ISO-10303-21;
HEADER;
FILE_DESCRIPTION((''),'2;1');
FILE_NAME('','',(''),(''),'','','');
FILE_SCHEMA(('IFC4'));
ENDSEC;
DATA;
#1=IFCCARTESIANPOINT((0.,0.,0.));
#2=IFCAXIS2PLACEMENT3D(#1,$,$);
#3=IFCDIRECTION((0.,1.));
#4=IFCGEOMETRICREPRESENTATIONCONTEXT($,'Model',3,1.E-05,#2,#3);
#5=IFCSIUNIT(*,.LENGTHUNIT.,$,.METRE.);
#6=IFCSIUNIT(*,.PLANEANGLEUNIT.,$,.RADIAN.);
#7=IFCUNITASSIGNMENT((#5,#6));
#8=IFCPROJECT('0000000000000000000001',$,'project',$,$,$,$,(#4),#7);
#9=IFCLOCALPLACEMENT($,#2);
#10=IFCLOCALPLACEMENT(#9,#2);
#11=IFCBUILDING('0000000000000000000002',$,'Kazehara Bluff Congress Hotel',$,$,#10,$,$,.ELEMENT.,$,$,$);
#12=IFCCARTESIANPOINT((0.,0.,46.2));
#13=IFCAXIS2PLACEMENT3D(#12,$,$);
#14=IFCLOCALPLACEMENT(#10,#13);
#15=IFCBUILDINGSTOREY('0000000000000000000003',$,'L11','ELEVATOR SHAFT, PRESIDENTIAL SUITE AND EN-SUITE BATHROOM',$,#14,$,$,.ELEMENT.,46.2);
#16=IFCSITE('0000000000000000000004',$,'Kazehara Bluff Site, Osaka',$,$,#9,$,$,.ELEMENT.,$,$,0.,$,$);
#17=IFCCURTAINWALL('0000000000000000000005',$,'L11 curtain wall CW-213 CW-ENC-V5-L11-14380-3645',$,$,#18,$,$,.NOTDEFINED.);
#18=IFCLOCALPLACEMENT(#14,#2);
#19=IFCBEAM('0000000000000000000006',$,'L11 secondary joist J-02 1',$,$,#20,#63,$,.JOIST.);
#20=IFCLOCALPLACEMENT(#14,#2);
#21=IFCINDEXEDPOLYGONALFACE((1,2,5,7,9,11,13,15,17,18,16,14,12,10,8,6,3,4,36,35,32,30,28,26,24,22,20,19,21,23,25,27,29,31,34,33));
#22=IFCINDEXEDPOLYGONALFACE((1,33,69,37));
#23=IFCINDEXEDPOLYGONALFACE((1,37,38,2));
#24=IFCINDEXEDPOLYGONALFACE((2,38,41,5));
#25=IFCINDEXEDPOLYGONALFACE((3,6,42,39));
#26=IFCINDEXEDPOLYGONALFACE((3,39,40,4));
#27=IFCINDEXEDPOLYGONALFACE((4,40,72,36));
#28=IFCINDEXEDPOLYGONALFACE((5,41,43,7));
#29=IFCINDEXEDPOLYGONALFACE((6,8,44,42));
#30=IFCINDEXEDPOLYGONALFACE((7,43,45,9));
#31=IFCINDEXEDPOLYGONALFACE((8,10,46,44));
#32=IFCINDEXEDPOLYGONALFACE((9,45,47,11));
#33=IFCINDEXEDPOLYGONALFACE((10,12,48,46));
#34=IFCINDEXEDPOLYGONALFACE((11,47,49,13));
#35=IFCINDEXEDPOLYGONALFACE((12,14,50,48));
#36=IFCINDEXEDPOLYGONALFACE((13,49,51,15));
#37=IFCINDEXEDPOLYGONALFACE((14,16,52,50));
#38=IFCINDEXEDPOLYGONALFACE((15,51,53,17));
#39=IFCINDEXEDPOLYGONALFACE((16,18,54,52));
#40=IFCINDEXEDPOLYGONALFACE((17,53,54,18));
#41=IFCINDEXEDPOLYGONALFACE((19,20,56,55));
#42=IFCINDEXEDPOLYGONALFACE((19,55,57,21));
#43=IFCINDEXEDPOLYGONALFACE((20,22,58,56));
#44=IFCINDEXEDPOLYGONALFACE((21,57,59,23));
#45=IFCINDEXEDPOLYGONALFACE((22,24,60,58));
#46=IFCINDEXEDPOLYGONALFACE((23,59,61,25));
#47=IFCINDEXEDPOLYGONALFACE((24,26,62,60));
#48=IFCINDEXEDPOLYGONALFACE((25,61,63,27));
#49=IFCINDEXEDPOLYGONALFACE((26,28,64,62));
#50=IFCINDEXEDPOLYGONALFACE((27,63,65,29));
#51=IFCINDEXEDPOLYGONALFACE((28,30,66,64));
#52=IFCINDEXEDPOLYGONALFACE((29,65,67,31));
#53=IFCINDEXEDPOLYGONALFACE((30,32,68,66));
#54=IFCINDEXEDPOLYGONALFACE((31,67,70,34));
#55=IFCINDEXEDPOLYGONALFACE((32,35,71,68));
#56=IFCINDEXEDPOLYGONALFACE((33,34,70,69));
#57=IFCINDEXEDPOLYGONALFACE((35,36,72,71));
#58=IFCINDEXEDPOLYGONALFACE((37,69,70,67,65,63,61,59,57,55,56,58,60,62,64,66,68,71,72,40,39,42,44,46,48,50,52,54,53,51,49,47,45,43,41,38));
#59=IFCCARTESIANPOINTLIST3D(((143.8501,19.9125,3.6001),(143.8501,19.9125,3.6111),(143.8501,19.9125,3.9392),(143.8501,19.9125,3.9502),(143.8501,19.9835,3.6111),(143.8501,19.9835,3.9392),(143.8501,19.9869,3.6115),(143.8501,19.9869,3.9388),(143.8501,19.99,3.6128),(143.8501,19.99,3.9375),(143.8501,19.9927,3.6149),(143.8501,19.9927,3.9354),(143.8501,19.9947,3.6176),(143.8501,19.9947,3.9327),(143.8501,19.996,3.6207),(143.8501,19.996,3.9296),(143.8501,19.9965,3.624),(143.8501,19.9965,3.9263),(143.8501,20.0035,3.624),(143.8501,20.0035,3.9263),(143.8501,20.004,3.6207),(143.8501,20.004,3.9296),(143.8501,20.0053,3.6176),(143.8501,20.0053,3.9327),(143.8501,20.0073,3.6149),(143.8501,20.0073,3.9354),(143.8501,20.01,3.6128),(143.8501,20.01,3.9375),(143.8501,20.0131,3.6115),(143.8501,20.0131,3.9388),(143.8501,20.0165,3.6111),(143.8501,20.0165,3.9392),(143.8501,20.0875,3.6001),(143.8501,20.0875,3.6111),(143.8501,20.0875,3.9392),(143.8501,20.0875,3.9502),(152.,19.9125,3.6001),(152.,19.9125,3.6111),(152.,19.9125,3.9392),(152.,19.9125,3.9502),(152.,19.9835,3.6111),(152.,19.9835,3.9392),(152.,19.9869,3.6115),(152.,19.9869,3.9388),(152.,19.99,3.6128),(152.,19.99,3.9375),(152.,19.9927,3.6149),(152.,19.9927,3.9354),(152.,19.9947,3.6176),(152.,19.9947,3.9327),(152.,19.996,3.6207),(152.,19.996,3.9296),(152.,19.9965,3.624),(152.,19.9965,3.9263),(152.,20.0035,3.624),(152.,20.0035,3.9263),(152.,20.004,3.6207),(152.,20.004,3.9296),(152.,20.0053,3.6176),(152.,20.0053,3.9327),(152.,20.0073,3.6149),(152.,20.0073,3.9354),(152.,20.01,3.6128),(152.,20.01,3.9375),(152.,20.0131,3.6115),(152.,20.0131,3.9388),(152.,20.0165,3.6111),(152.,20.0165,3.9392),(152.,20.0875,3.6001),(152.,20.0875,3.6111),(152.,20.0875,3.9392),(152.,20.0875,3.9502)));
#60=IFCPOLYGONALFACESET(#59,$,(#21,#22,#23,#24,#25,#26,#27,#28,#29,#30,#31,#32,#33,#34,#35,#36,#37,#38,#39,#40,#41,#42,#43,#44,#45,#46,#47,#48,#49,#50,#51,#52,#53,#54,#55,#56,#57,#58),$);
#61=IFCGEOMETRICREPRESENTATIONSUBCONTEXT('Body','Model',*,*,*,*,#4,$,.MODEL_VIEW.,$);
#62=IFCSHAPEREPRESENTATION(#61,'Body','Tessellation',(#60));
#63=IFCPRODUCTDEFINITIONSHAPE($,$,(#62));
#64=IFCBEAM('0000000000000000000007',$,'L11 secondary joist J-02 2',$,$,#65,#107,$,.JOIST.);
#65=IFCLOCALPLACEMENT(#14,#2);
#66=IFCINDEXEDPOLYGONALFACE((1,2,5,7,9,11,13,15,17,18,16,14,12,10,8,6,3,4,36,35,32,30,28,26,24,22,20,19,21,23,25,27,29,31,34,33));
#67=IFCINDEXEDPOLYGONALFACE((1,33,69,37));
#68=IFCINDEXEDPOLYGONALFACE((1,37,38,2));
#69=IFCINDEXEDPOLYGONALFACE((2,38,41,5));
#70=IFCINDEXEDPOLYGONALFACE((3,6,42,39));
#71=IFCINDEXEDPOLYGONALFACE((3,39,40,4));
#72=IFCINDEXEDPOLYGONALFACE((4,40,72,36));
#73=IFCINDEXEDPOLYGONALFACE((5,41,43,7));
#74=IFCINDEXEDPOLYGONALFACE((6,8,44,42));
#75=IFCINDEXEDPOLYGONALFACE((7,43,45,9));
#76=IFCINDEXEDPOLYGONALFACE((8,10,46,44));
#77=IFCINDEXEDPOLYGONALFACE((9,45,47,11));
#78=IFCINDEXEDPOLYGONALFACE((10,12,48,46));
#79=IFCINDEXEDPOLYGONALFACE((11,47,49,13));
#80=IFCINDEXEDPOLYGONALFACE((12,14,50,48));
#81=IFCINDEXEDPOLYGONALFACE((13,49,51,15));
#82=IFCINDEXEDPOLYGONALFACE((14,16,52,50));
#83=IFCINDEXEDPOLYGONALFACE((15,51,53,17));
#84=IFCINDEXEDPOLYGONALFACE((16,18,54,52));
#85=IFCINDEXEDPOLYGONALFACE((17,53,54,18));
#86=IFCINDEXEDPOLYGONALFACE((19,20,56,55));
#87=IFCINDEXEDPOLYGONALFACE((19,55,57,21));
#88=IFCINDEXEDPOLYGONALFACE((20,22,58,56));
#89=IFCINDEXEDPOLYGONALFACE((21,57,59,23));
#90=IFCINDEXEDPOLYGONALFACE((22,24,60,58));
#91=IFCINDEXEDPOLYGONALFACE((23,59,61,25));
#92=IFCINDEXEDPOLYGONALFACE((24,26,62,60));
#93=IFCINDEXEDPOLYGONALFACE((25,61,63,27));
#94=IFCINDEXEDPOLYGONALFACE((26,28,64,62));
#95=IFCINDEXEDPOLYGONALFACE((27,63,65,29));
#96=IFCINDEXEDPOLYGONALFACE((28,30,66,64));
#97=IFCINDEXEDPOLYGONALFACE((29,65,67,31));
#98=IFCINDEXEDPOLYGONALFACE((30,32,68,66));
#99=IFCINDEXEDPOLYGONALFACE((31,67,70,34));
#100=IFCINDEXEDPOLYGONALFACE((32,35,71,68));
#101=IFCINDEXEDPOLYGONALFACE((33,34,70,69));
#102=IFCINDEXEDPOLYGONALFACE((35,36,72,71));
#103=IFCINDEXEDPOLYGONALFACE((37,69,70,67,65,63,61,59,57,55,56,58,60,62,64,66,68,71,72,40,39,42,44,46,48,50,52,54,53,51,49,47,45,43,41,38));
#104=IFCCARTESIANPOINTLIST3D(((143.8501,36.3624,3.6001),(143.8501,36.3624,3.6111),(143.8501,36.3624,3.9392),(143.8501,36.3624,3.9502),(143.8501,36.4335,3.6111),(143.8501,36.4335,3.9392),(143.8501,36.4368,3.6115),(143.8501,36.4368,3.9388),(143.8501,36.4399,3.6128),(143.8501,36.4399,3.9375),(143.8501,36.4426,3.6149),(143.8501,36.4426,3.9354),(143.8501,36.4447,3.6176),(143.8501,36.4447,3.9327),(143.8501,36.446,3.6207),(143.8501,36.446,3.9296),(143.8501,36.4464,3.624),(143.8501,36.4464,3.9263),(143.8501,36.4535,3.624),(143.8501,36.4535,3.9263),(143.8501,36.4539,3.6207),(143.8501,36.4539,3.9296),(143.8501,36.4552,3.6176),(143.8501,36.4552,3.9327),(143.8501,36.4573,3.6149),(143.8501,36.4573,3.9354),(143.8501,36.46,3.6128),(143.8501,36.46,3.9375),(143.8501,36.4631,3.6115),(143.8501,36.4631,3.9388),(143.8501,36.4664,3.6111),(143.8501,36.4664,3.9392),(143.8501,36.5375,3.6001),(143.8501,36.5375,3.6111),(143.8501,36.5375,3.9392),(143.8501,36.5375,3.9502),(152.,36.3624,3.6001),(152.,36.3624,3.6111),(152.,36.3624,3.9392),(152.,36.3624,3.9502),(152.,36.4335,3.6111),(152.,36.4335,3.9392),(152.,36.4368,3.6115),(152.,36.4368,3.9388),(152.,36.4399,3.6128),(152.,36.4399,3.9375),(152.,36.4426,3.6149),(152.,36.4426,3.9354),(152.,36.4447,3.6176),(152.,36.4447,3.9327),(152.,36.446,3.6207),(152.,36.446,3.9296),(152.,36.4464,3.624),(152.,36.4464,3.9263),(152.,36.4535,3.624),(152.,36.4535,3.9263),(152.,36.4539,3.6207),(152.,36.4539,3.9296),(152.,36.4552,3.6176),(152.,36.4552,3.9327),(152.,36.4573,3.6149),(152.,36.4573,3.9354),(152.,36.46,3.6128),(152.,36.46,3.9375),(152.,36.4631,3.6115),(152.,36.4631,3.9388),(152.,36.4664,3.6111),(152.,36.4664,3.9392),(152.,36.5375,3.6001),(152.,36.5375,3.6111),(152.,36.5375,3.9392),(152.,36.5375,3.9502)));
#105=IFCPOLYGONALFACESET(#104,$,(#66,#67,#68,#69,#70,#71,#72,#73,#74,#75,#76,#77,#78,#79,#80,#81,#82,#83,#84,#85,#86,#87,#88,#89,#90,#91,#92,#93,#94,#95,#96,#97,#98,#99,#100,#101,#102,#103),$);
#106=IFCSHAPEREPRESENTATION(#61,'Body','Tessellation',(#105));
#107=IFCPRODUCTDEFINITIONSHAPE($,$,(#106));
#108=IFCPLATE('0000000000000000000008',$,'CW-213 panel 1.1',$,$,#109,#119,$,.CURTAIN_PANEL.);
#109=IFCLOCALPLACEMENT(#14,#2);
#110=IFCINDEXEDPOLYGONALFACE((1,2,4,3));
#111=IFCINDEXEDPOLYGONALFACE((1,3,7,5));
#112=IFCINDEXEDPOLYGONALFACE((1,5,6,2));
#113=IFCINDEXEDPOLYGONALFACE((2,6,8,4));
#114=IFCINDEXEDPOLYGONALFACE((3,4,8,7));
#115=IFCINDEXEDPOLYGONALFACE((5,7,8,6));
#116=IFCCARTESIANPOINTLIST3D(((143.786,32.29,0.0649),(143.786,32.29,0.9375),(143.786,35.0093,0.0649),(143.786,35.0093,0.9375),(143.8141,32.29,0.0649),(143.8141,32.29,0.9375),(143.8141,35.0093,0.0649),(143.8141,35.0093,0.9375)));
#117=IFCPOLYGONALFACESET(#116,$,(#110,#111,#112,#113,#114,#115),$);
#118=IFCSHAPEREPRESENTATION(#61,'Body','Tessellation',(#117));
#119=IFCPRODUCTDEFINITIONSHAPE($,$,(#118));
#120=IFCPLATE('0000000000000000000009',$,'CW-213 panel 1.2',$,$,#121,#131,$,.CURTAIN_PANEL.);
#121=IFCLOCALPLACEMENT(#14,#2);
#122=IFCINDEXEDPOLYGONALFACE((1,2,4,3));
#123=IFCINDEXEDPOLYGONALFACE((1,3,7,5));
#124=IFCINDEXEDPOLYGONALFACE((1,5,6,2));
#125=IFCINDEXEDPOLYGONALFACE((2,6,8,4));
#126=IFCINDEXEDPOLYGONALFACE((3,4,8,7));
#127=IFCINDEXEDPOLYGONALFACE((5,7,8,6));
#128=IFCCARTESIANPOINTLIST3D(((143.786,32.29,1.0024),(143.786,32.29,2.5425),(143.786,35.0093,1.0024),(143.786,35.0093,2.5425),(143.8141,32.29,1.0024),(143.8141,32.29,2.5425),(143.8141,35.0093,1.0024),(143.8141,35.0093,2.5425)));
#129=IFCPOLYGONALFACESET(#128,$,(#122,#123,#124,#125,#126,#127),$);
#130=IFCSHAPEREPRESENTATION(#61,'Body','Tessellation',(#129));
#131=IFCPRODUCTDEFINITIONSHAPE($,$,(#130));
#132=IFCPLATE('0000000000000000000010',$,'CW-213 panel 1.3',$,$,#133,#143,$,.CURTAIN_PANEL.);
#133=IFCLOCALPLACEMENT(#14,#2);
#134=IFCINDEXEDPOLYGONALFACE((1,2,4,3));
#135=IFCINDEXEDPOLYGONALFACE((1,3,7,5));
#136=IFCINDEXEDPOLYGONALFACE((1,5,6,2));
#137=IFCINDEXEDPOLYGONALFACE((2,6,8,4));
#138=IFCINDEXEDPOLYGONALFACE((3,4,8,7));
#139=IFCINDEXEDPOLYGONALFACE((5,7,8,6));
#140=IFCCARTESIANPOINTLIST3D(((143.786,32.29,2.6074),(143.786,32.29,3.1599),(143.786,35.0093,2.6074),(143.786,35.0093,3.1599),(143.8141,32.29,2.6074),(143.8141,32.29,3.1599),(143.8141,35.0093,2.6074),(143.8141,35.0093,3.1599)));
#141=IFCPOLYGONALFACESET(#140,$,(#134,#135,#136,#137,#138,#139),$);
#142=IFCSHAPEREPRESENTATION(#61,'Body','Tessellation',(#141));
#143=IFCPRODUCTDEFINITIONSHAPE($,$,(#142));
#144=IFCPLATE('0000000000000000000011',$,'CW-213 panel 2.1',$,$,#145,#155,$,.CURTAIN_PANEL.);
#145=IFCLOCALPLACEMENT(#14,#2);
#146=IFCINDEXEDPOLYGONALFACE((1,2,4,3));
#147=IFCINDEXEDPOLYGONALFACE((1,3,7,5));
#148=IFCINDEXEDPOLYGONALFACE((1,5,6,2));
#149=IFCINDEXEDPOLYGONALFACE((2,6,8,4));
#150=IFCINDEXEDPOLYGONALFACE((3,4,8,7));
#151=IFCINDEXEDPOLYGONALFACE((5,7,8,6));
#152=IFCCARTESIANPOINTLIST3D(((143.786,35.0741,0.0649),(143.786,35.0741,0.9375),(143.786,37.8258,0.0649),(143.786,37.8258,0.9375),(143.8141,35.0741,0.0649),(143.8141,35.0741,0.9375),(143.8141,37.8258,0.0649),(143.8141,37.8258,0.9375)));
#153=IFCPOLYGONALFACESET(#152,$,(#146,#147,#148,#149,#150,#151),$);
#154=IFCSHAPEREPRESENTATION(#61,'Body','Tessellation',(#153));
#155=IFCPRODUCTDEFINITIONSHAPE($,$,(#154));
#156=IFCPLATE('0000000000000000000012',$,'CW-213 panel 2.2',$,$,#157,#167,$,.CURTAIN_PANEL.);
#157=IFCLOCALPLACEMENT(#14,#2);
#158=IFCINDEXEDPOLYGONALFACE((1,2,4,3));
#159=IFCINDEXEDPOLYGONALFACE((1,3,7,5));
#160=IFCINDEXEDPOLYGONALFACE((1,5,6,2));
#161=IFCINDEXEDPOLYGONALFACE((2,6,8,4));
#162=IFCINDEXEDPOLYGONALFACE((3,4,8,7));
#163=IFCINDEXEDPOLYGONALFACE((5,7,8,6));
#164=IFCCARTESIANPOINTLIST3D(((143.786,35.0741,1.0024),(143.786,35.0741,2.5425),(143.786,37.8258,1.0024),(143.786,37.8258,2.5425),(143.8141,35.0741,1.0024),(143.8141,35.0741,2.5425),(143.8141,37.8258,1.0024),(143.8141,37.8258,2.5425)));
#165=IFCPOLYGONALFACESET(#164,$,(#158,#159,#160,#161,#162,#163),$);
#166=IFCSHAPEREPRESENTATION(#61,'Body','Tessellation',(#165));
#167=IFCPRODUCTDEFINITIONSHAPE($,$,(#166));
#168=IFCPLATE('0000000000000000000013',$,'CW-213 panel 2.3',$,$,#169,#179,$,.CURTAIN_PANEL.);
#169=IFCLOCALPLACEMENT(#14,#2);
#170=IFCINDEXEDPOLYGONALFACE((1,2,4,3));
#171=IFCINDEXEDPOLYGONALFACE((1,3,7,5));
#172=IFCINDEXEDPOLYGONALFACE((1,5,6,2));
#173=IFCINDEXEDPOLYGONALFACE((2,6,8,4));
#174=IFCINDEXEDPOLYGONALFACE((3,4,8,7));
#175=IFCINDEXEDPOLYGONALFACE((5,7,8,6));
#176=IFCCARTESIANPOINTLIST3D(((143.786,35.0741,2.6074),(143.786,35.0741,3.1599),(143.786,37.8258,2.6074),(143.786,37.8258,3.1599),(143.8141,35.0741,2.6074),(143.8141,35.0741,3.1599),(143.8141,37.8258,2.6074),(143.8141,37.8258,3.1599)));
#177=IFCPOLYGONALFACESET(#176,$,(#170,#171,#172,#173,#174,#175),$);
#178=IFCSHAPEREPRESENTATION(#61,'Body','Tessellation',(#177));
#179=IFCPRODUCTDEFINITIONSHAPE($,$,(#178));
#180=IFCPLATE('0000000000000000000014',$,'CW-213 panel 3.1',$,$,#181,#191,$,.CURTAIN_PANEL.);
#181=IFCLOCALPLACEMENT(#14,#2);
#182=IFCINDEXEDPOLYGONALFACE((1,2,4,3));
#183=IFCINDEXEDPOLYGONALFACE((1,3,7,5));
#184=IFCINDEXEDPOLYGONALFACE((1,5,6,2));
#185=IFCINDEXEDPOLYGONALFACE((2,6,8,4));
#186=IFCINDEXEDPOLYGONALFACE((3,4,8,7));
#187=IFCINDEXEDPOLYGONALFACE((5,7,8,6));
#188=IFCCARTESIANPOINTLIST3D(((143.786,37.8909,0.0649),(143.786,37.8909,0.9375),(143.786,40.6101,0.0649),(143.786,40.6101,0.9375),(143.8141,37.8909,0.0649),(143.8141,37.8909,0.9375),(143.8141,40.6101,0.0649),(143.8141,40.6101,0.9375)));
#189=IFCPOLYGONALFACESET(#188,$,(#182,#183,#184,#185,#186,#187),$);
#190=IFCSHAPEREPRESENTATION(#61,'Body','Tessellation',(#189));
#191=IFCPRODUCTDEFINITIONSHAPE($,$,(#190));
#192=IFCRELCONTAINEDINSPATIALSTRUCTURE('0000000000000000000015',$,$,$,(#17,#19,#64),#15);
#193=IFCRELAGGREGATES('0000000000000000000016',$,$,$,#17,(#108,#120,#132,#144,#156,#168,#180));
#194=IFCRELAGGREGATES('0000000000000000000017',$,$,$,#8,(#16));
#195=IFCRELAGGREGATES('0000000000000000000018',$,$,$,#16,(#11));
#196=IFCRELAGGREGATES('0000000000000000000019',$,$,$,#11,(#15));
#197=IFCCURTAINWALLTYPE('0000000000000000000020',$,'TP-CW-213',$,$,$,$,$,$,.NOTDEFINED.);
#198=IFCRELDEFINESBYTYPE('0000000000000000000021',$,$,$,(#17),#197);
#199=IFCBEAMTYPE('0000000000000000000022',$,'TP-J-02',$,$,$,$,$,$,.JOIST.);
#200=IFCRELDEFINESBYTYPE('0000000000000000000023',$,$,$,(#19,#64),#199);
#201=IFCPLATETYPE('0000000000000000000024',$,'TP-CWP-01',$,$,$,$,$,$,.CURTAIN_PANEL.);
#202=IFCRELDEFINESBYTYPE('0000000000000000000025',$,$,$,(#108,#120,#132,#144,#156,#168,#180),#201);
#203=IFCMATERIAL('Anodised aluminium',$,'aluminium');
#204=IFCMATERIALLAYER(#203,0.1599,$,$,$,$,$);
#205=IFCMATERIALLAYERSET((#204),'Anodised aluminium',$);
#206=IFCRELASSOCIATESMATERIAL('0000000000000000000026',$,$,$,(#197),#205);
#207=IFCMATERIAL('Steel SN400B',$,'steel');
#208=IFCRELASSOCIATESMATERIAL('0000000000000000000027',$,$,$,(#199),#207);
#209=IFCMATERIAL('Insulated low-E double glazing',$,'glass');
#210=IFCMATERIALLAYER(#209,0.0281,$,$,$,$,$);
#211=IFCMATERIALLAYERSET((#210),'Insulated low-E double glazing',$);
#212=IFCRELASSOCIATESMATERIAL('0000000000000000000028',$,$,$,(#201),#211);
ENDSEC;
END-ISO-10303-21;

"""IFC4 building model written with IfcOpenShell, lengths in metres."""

from ifc_helpers import new_model, si_unit, direction, frame, origin, origin_2d, place, context, subcontext, project, spatial, rectangle, i_section, extrude, material, layer, layer_set, material_profile, profile_set, type_object, element, aggregate, save


model = new_model("IFC4")

# Units and contexts
model_context = context("Model", 3, precision=1e-05, world=origin(), true_north=direction((0.0, 1.0)))
body_context = subcontext(model_context, "Body", "Model", "MODEL_VIEW")
ifc_project = project(units=[si_unit("LENGTHUNIT", "METRE"), si_unit("PLANEANGLEUNIT", "RADIAN")], contexts=[model_context])

# Site, building, storey
site_placement = place(None, origin())
site = spatial("IfcSite", under=ifc_project, at=site_placement, Name="Kazehara Bluff Site, Osaka", CompositionType="ELEMENT", RefElevation=0.0)
building_placement = place(site_placement, origin())
building = spatial("IfcBuilding", under=site, at=building_placement, Name="Kazehara Bluff Congress Hotel", CompositionType="ELEMENT")
storey_placement = place(building_placement, frame((0.0, 0.0, 46.2)))
storey = spatial("IfcBuildingStorey", under=building, at=storey_placement, Name="L11", Description="ELEVATOR SHAFT, PRESIDENTIAL SUITE AND EN-SUITE BATHROOM", CompositionType="ELEMENT", Elevation=46.2)

# Curtain wall
ifc_material_1 = material(Name="Anodised aluminium", Category="aluminium")
ifc_layer_1 = layer(ifc_material_1, 0.1599)
ifc_layer_set_1 = layer_set([ifc_layer_1], Name="Anodised aluminium")
curtain_wall_type = type_object("IfcCurtainWallType", Name="TP-CW-213", PredefinedType="NOTDEFINED", material=ifc_layer_set_1)
curtain_wall_placement = place(storey_placement, origin())
curtain_wall = element("IfcCurtainWall", 1, at=curtain_wall_placement, inside=storey, type_object=curtain_wall_type, Name="L11 curtain wall CW-213 CW-ENC-V5-L11-14380-3645", PredefinedType="NOTDEFINED")

# Beams
ifc_material_2 = material(Name="Steel SN400B", Category="steel")
ifc_material_profile_1 = material_profile(ifc_material_2, i_section(OverallWidth=0.175, OverallDepth=0.3501, WebThickness=0.0071, FlangeThickness=0.011, FilletRadius=0.0129, at=origin_2d()))
ifc_profile_set_1 = profile_set([ifc_material_profile_1], Name="Steel SN400B")
beam_type_1 = type_object("IfcBeamType", Name="TP-J-02", PredefinedType="JOIST", material=ifc_profile_set_1)
for number, where, z_axis, x_axis, name in (
    (2, (143.8501, 20.0, 3.7751), (1.0, 0.0, 0.0), (0.0, 1.0, 0.0), "L11 secondary joist J-02 1"),
    (3, (143.8501, 36.45, 3.7751), (1.0, 0.0, 0.0), (0.0, 1.0, 0.0), "L11 secondary joist J-02 2"),
):
    element("IfcBeam", number, at=place(storey_placement, frame(where, z_axis=z_axis, x_axis=x_axis)), inside=storey, type_object=beam_type_1, Name=name, PredefinedType="JOIST", context=body_context, shape_type="SweptSolid", body=[
        extrude(i_section(OverallWidth=0.175, OverallDepth=0.3501, WebThickness=0.0071, FlangeThickness=0.011, FilletRadius=0.0129, at=origin_2d()), origin(), (0.0, 0.0, 1.0), 8.1499),
    ])

# Plates
ifc_material_3 = material(Name="Insulated low-E double glazing", Category="glass")
ifc_layer_2 = layer(ifc_material_3, 0.0281)
ifc_layer_set_2 = layer_set([ifc_layer_2], Name="Insulated low-E double glazing")
plate_type = type_object("IfcPlateType", Name="TP-CWP-01", PredefinedType="CURTAIN_PANEL", material=ifc_layer_set_2)
plate_1_placement = place(storey_placement, frame((143.8, 33.6497, 0.0649), z_axis=(0.0, 0.0, 1.0), x_axis=(0.0, 1.0, 0.0)))
plate_1 = element("IfcPlate", 4, at=plate_1_placement, type_object=plate_type, Name="CW-213 panel 1.1", PredefinedType="CURTAIN_PANEL", context=body_context, shape_type="SweptSolid", body=[
    extrude(rectangle(XDim=2.7192, YDim=0.0281, at=origin_2d()), origin(), (0.0, 0.0, 1.0), 0.8726),
])
plate_2_placement = place(storey_placement, frame((143.8, 33.6497, 1.0024), z_axis=(0.0, 0.0, 1.0), x_axis=(0.0, 1.0, 0.0)))
plate_2 = element("IfcPlate", 5, at=plate_2_placement, type_object=plate_type, Name="CW-213 panel 1.2", PredefinedType="CURTAIN_PANEL", context=body_context, shape_type="SweptSolid", body=[
    extrude(rectangle(XDim=2.7192, YDim=0.0281, at=origin_2d()), origin(), (0.0, 0.0, 1.0), 1.54),
])
plate_3_placement = place(storey_placement, frame((143.8, 33.6497, 2.6074), z_axis=(0.0, 0.0, 1.0), x_axis=(0.0, 1.0, 0.0)))
plate_3 = element("IfcPlate", 6, at=plate_3_placement, type_object=plate_type, Name="CW-213 panel 1.3", PredefinedType="CURTAIN_PANEL", context=body_context, shape_type="SweptSolid", body=[
    extrude(rectangle(XDim=2.7192, YDim=0.0281, at=origin_2d()), origin(), (0.0, 0.0, 1.0), 0.5525),
])
plate_4_placement = place(storey_placement, frame((143.8, 36.45, 0.0649), z_axis=(0.0, 0.0, 1.0), x_axis=(0.0, 1.0, 0.0)))
plate_4 = element("IfcPlate", 7, at=plate_4_placement, type_object=plate_type, Name="CW-213 panel 2.1", PredefinedType="CURTAIN_PANEL", context=body_context, shape_type="SweptSolid", body=[
    extrude(rectangle(XDim=2.7517, YDim=0.0281, at=origin_2d()), origin(), (0.0, 0.0, 1.0), 0.8726),
])
plate_5_placement = place(storey_placement, frame((143.8, 36.45, 1.0024), z_axis=(0.0, 0.0, 1.0), x_axis=(0.0, 1.0, 0.0)))
plate_5 = element("IfcPlate", 8, at=plate_5_placement, type_object=plate_type, Name="CW-213 panel 2.2", PredefinedType="CURTAIN_PANEL", context=body_context, shape_type="SweptSolid", body=[
    extrude(rectangle(XDim=2.7517, YDim=0.0281, at=origin_2d()), origin(), (0.0, 0.0, 1.0), 1.54),
])
plate_6_placement = place(storey_placement, frame((143.8, 36.45, 2.6074), z_axis=(0.0, 0.0, 1.0), x_axis=(0.0, 1.0, 0.0)))
plate_6 = element("IfcPlate", 9, at=plate_6_placement, type_object=plate_type, Name="CW-213 panel 2.3", PredefinedType="CURTAIN_PANEL", context=body_context, shape_type="SweptSolid", body=[
    extrude(rectangle(XDim=2.7517, YDim=0.0281, at=origin_2d()), origin(), (0.0, 0.0, 1.0), 0.5525),
])
plate_7_placement = place(storey_placement, frame((143.8, 39.2505, 0.0649), z_axis=(0.0, 0.0, 1.0), x_axis=(0.0, 1.0, 0.0)))
plate_7 = element("IfcPlate", 10, at=plate_7_placement, type_object=plate_type, Name="CW-213 panel 3.1", PredefinedType="CURTAIN_PANEL", context=body_context, shape_type="SweptSolid", body=[
    extrude(rectangle(XDim=2.7192, YDim=0.0281, at=origin_2d()), origin(), (0.0, 0.0, 1.0), 0.8726),
])
aggregate(curtain_wall, [plate_1, plate_2, plate_3, plate_4, plate_5, plate_6, plate_7])

save(model, "model.ifc")
